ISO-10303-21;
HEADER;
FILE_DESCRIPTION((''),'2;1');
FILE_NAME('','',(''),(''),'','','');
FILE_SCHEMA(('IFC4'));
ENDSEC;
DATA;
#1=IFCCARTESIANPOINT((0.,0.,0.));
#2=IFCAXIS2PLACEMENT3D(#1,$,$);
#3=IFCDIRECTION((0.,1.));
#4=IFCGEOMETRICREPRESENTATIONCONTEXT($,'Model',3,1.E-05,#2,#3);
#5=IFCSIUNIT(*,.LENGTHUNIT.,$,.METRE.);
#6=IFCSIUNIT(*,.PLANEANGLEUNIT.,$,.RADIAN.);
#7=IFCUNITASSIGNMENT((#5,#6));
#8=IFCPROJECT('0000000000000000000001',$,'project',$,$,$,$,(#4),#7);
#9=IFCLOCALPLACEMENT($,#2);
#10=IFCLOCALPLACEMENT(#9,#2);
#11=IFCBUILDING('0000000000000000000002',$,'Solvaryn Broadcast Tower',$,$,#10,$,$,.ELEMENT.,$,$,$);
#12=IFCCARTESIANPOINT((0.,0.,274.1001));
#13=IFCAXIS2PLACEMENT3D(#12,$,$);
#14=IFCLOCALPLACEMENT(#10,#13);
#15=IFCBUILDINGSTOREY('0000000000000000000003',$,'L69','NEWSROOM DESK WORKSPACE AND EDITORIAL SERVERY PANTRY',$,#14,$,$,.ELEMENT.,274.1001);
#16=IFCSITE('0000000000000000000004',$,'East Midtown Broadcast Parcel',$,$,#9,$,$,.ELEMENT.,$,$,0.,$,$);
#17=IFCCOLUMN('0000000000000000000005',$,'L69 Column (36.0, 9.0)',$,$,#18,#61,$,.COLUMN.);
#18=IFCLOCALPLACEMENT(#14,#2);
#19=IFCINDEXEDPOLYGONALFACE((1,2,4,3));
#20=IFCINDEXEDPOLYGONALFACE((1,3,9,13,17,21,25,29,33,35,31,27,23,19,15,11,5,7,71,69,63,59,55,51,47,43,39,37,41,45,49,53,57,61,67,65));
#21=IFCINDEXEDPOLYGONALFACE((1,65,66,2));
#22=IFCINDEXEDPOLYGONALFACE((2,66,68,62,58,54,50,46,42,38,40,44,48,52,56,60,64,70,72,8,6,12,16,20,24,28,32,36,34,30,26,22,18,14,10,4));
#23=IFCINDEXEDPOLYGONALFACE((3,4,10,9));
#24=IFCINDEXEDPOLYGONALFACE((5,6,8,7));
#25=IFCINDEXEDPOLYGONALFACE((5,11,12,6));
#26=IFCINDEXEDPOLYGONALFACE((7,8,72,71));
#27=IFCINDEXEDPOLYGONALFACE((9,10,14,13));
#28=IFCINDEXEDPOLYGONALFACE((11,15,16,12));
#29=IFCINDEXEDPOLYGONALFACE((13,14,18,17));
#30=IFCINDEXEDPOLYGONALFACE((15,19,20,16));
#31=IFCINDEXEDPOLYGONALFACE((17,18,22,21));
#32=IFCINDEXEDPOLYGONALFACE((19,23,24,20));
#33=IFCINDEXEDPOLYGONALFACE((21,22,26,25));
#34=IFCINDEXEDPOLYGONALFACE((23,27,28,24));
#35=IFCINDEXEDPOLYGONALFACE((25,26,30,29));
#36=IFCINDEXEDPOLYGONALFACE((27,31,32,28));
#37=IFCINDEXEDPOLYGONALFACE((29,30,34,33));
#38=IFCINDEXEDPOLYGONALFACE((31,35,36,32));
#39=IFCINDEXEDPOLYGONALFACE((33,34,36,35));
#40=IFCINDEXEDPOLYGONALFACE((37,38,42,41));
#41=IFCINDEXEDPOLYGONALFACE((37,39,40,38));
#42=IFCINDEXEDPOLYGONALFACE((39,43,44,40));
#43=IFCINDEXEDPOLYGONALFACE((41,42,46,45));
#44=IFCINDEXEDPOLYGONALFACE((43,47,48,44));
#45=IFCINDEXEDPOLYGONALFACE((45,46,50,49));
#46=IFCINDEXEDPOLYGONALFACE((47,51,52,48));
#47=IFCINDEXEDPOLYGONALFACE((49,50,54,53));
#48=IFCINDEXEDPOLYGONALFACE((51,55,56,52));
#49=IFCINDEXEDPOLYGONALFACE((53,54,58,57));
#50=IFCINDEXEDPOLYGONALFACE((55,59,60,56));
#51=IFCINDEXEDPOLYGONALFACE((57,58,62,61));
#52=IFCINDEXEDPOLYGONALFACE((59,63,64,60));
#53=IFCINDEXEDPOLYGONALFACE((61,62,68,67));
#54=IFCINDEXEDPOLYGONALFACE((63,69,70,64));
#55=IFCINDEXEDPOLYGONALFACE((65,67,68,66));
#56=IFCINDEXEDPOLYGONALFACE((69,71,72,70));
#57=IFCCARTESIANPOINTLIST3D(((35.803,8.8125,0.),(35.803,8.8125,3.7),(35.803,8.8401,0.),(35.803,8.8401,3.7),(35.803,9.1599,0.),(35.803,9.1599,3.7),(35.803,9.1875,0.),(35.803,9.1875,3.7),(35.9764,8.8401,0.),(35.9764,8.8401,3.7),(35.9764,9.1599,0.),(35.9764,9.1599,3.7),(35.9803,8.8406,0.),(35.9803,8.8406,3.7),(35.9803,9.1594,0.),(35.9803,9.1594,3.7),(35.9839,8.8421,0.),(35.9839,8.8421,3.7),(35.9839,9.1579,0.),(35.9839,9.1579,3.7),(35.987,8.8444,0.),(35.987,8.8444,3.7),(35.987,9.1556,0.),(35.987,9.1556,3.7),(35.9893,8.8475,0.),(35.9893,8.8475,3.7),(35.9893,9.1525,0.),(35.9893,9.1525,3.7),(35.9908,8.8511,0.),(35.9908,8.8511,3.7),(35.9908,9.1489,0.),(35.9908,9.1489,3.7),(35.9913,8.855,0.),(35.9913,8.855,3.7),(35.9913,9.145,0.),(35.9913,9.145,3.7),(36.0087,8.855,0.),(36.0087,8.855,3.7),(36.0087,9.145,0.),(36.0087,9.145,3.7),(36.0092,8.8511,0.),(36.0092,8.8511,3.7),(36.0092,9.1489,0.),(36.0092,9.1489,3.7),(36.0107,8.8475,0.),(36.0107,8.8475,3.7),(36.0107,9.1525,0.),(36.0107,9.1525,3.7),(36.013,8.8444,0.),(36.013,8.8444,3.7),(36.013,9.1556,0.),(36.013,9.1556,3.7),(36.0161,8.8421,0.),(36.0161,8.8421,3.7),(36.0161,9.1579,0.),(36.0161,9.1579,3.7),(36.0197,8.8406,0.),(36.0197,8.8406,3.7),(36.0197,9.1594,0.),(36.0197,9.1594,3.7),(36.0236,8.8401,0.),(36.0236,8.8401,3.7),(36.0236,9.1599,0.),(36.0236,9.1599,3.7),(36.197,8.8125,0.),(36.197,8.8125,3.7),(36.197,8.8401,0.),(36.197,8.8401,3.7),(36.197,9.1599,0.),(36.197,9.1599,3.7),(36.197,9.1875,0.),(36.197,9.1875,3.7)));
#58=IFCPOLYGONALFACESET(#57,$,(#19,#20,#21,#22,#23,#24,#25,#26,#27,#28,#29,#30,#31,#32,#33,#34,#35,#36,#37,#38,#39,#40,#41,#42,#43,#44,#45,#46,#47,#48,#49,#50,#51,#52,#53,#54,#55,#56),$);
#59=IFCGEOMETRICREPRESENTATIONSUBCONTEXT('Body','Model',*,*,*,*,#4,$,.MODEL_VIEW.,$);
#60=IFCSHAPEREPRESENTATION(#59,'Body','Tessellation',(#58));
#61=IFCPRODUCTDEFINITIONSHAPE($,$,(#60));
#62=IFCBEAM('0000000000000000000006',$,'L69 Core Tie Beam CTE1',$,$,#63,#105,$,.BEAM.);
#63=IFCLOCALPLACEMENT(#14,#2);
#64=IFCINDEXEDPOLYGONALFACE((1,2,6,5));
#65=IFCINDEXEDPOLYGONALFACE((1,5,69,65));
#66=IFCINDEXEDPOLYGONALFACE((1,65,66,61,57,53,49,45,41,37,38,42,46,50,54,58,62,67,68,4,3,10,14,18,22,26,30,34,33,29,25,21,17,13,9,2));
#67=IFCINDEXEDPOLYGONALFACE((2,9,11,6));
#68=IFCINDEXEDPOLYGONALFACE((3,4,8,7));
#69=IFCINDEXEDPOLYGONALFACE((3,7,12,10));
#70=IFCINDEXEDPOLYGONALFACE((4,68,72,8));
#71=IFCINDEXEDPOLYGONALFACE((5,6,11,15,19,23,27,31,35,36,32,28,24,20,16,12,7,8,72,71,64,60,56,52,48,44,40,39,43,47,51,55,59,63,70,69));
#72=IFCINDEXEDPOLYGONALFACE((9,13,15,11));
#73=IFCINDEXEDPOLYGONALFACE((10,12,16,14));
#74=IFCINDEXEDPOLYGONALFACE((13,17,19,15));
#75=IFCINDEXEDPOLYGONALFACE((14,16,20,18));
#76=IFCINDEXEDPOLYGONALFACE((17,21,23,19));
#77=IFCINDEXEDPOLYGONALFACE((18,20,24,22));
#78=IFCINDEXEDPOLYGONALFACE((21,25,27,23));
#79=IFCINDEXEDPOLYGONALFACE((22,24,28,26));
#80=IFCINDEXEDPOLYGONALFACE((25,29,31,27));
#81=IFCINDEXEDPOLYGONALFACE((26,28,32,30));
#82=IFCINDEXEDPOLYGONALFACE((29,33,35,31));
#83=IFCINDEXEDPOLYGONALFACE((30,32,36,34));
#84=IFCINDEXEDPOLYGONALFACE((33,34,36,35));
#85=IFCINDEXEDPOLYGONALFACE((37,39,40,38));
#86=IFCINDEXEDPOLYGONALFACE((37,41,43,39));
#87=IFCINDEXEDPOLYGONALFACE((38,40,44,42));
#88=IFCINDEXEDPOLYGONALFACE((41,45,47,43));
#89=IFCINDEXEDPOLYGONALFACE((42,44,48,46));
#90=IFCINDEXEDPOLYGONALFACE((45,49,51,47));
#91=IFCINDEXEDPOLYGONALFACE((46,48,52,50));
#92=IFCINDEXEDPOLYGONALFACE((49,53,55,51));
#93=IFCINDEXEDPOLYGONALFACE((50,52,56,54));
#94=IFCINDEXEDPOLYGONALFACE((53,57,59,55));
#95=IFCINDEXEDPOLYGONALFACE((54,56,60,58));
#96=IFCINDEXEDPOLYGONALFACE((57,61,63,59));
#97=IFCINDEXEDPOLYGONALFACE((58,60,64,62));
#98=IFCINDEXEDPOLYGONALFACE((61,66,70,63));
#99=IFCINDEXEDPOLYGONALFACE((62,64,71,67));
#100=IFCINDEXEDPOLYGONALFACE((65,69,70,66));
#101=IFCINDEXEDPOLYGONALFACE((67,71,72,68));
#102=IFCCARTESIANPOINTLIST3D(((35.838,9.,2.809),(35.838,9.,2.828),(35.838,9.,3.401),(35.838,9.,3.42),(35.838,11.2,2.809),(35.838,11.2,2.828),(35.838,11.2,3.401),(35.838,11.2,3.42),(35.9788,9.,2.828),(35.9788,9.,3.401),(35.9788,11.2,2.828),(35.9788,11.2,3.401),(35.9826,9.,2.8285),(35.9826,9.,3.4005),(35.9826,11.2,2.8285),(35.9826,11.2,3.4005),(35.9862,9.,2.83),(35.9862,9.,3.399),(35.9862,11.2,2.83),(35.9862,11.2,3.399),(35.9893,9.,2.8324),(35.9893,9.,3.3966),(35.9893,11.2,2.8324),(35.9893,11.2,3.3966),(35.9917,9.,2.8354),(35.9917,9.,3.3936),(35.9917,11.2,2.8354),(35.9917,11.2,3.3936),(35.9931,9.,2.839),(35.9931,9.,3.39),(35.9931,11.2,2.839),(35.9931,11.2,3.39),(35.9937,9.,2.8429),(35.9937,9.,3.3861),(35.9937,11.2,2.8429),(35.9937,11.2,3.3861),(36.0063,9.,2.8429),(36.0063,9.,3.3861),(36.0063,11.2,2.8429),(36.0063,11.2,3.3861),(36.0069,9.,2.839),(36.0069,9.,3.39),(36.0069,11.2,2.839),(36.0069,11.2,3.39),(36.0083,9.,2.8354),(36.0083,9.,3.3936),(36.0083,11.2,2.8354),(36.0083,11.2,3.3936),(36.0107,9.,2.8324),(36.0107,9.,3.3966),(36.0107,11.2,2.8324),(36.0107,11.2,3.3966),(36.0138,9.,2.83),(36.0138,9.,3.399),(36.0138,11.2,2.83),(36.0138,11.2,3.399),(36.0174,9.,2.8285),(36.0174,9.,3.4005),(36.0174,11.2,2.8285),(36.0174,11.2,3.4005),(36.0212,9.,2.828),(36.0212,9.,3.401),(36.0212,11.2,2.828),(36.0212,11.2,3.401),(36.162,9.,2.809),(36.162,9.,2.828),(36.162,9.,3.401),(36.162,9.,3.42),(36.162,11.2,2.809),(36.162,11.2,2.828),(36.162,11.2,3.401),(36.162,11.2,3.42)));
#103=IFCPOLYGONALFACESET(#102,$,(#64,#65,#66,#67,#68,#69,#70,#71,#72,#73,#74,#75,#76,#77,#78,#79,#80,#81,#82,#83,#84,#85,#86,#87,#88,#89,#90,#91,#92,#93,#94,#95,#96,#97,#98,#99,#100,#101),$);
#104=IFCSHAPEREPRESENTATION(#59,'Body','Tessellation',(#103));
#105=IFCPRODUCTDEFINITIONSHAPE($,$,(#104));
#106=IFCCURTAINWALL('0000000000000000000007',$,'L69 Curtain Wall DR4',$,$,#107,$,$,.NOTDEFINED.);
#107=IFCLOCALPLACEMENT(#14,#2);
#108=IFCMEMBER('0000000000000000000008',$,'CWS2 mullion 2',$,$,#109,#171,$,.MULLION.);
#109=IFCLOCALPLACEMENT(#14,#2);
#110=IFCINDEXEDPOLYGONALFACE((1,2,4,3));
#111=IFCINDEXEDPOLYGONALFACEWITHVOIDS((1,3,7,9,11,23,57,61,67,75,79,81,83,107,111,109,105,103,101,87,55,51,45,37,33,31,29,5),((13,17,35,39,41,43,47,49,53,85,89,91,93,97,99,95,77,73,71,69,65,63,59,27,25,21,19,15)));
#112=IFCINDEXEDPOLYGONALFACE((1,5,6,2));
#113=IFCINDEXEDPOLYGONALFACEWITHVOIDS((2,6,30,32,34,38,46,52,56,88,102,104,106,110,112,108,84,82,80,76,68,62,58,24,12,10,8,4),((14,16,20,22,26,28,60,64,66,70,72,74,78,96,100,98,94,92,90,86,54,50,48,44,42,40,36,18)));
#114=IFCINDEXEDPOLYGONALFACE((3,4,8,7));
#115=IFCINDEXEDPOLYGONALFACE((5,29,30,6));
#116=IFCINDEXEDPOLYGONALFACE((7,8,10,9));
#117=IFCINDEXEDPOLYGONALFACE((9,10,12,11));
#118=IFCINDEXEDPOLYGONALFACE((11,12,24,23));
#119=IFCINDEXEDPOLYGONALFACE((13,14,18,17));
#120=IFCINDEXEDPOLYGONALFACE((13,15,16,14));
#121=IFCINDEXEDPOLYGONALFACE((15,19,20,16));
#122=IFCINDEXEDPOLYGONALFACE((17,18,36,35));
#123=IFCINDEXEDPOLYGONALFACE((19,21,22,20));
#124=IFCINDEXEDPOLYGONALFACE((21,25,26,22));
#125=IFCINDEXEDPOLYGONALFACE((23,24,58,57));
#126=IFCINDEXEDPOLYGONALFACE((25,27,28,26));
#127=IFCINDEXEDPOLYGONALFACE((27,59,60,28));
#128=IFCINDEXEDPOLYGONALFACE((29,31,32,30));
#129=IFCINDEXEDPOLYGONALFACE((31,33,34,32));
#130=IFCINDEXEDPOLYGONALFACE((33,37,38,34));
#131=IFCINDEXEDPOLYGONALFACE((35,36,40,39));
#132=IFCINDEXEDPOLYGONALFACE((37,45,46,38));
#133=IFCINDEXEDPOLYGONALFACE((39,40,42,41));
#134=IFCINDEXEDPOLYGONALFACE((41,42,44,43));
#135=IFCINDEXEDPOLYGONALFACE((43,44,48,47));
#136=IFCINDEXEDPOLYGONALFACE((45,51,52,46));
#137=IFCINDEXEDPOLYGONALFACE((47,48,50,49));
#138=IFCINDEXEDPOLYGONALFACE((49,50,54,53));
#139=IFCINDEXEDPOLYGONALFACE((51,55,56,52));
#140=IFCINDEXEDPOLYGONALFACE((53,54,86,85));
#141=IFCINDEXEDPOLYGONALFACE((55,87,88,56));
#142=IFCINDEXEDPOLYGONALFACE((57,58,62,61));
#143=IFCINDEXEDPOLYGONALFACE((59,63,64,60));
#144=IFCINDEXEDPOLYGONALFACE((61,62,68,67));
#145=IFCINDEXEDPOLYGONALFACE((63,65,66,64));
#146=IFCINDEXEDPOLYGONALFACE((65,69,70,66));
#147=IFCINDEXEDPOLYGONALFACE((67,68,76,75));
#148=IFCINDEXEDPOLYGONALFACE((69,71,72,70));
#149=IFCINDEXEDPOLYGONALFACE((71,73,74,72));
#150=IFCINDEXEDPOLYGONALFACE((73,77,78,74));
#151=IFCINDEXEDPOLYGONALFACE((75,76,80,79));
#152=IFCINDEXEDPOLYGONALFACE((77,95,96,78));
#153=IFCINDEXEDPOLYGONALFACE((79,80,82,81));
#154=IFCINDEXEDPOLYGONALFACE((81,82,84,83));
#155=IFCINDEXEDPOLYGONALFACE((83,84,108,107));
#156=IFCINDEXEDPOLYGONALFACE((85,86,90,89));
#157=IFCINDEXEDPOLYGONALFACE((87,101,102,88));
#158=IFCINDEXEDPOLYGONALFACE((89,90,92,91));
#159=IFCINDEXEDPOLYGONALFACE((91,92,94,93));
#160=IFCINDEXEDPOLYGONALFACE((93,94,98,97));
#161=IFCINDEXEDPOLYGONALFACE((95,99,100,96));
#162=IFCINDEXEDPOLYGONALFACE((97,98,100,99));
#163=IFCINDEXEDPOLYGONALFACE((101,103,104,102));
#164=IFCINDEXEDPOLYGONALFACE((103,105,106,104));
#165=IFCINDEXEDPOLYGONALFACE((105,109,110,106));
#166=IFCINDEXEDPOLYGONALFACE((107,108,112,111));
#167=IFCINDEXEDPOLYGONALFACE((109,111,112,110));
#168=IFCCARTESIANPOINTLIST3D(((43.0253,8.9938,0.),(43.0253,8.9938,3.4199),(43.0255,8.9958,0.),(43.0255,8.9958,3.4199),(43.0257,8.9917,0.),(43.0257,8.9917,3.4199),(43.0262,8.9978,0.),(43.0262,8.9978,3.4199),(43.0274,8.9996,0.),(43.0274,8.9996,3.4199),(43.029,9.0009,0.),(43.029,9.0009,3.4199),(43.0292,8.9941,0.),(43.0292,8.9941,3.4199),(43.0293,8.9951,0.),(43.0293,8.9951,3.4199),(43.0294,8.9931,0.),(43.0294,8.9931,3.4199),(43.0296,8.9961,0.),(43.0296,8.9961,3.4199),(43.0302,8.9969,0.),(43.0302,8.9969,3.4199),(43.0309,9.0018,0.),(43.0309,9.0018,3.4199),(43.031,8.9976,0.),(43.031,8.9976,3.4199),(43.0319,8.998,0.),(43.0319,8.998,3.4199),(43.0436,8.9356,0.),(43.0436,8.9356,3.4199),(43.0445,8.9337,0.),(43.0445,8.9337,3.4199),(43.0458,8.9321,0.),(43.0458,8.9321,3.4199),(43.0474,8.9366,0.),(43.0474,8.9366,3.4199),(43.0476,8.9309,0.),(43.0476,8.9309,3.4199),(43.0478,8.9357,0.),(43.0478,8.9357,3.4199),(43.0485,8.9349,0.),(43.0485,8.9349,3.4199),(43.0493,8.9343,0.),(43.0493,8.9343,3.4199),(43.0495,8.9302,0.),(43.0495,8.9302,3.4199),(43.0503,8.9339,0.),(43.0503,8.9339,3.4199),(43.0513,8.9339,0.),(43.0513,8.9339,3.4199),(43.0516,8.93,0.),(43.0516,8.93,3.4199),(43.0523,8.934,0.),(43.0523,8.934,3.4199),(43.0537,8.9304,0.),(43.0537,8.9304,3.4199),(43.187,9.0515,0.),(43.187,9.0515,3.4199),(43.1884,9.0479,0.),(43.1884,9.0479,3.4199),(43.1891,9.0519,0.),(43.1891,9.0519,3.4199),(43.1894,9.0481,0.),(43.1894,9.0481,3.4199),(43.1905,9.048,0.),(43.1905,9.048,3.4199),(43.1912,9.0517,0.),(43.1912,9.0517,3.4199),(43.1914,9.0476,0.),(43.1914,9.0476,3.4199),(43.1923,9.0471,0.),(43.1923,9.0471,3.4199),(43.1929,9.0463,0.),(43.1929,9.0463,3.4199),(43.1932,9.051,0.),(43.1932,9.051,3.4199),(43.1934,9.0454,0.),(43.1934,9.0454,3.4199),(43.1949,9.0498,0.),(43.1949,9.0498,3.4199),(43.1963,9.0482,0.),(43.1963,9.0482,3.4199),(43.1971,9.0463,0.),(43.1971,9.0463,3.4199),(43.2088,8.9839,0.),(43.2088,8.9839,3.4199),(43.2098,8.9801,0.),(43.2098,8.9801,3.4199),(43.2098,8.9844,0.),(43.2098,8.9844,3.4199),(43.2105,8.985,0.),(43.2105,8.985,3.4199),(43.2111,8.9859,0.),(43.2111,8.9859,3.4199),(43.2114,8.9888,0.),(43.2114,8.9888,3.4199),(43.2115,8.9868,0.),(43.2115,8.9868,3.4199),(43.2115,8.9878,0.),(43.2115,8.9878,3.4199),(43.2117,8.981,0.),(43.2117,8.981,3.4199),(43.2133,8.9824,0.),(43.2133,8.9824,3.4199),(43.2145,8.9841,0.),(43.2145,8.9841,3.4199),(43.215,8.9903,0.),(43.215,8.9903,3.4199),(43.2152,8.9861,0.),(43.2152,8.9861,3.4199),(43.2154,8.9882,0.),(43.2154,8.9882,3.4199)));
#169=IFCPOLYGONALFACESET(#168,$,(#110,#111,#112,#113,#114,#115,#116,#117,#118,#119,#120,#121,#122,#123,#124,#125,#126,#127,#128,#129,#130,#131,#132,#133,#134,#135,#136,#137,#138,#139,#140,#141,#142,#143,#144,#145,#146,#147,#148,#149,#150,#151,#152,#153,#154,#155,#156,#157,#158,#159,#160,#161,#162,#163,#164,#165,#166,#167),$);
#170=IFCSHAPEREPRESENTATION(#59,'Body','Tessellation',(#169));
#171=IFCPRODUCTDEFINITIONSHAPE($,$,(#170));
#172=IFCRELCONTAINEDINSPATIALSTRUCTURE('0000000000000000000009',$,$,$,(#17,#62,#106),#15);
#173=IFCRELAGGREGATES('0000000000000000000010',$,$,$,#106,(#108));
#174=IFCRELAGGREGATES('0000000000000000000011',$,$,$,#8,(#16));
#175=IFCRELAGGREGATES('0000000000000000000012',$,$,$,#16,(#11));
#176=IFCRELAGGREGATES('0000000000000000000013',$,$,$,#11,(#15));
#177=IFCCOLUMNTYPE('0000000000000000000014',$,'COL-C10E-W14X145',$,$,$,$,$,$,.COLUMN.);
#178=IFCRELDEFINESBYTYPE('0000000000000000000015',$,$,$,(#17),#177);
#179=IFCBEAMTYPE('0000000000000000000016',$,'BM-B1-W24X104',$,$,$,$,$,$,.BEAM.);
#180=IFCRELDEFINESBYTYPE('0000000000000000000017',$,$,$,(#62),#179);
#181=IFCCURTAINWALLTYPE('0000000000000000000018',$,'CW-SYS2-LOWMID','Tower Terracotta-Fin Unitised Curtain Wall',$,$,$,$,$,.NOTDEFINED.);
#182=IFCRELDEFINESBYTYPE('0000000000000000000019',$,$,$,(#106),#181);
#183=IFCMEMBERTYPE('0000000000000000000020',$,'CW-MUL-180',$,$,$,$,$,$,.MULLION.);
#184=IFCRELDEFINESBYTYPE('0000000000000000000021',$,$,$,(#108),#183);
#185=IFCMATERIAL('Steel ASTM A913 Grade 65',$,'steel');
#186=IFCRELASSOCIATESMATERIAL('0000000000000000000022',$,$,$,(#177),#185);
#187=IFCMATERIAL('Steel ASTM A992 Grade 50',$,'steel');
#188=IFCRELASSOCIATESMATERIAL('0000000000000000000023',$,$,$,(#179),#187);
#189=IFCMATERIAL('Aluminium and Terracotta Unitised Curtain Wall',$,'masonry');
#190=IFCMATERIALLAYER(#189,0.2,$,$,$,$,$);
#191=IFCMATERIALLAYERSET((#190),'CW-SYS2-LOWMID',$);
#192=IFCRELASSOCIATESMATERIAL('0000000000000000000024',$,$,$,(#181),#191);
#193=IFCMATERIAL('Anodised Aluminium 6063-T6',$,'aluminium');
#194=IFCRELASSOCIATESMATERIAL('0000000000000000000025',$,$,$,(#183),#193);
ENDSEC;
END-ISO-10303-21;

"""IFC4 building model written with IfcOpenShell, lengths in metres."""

from ifc_helpers import new_model, si_unit, direction, frame, origin, origin_2d, place, context, subcontext, project, spatial, hollow_rectangle, i_section, extrude, material, layer, layer_set, material_profile, profile_set, type_object, element, aggregate, save


model = new_model("IFC4")

# Units and contexts
model_context = context("Model", 3, precision=1e-05, world=origin(), true_north=direction((0.0, 1.0)))
body_context = subcontext(model_context, "Body", "Model", "MODEL_VIEW")
ifc_project = project(units=[si_unit("LENGTHUNIT", "METRE"), si_unit("PLANEANGLEUNIT", "RADIAN")], contexts=[model_context])

# Site, building, storey
site_placement = place(None, origin())
site = spatial("IfcSite", under=ifc_project, at=site_placement, Name="East Midtown Broadcast Parcel", CompositionType="ELEMENT", RefElevation=0.0)
building_placement = place(site_placement, origin())
building = spatial("IfcBuilding", under=site, at=building_placement, Name="Solvaryn Broadcast Tower", CompositionType="ELEMENT")
storey_placement = place(building_placement, frame((0.0, 0.0, 274.1001)))
storey = spatial("IfcBuildingStorey", under=building, at=storey_placement, Name="L69", Description="NEWSROOM DESK WORKSPACE AND EDITORIAL SERVERY PANTRY", CompositionType="ELEMENT", Elevation=274.1001)

# Column
ifc_material_1 = material(Name="Steel ASTM A913 Grade 65", Category="steel")
ifc_material_profile_1 = material_profile(ifc_material_1, i_section(OverallWidth=0.394, OverallDepth=0.375, WebThickness=0.0173, FlangeThickness=0.0276, FilletRadius=0.0149, at=origin_2d()))
ifc_profile_set_1 = profile_set([ifc_material_profile_1], Name="Steel ASTM A913 Grade 65")
column_type = type_object("IfcColumnType", Name="COL-C10E-W14X145", PredefinedType="COLUMN", material=ifc_profile_set_1)
column_placement = place(storey_placement, frame((36.0, 9.0, 0.0), z_axis=(0.0, 0.0, 1.0), x_axis=(1.0, 0.0, 0.0)))
element("IfcColumn", 1, at=column_placement, inside=storey, type_object=column_type, Name="L69 Column (36.0, 9.0)", PredefinedType="COLUMN", context=body_context, shape_type="SweptSolid", body=[
    extrude(i_section(OverallWidth=0.394, OverallDepth=0.375, WebThickness=0.0173, FlangeThickness=0.0276, FilletRadius=0.0149, at=origin_2d()), origin(), (0.0, 0.0, 1.0), 3.7),
])

# Beam
ifc_material_2 = material(Name="Steel ASTM A992 Grade 50", Category="steel")
ifc_material_profile_2 = material_profile(ifc_material_2, i_section(OverallWidth=0.324, OverallDepth=0.6111, WebThickness=0.0127, FlangeThickness=0.019, FilletRadius=0.0149, at=origin_2d()))
ifc_profile_set_2 = profile_set([ifc_material_profile_2], Name="Steel ASTM A992 Grade 50")
beam_type = type_object("IfcBeamType", Name="BM-B1-W24X104", PredefinedType="BEAM", material=ifc_profile_set_2)
beam_placement = place(storey_placement, frame((36.0, 9.0, 3.1145), z_axis=(0.0, 1.0, 0.0), x_axis=(-1.0, 0.0, 0.0)))
element("IfcBeam", 2, at=beam_placement, inside=storey, type_object=beam_type, Name="L69 Core Tie Beam CTE1", PredefinedType="BEAM", context=body_context, shape_type="SweptSolid", body=[
    extrude(i_section(OverallWidth=0.324, OverallDepth=0.6111, WebThickness=0.0127, FlangeThickness=0.019, FilletRadius=0.0149, at=origin_2d()), origin(), (0.0, 0.0, 1.0), 2.2),
])

# Curtain wall, member
ifc_material_3 = material(Name="Aluminium and Terracotta Unitised Curtain Wall", Category="masonry")
ifc_layer_1 = layer(ifc_material_3, 0.2)
ifc_layer_set_1 = layer_set([ifc_layer_1], Name="CW-SYS2-LOWMID")
curtain_wall_type = type_object("IfcCurtainWallType", Name="CW-SYS2-LOWMID", Description="Tower Terracotta-Fin Unitised Curtain Wall", PredefinedType="NOTDEFINED", material=ifc_layer_set_1)
curtain_wall_1_placement = place(storey_placement, origin())
curtain_wall_1 = element("IfcCurtainWall", 3, at=curtain_wall_1_placement, inside=storey, type_object=curtain_wall_type, Name="L69 Curtain Wall DR4", PredefinedType="NOTDEFINED")
ifc_material_4 = material(Name="Anodised Aluminium 6063-T6", Category="aluminium")
ifc_material_profile_3 = material_profile(ifc_material_4, hollow_rectangle(XDim=0.075, YDim=0.1799, WallThickness=0.0039, InnerFilletRadius=0.0039, OuterFilletRadius=0.0081, at=origin_2d()))
ifc_profile_set_3 = profile_set([ifc_material_profile_3], Name="Anodised Aluminium 6063-T6")
member_type = type_object("IfcMemberType", Name="CW-MUL-180", PredefinedType="MULLION", material=ifc_profile_set_3)
member_1_placement = place(storey_placement, frame((43.1204, 8.991, 0.0), z_axis=(0.0, 0.0, 1.0), x_axis=(-0.303616, 0.952795, 0.0)))
member_1 = element("IfcMember", 4, at=member_1_placement, type_object=member_type, Name="CWS2 mullion 2", PredefinedType="MULLION", context=body_context, shape_type="SweptSolid", body=[
    extrude(hollow_rectangle(XDim=0.075, YDim=0.1799, WallThickness=0.0039, InnerFilletRadius=0.0039, OuterFilletRadius=0.0081, at=origin_2d()), origin(), (0.0, 0.0, 1.0), 3.4199),
])

aggregate(curtain_wall_1, [member_1])

save(model, "model.ifc")
